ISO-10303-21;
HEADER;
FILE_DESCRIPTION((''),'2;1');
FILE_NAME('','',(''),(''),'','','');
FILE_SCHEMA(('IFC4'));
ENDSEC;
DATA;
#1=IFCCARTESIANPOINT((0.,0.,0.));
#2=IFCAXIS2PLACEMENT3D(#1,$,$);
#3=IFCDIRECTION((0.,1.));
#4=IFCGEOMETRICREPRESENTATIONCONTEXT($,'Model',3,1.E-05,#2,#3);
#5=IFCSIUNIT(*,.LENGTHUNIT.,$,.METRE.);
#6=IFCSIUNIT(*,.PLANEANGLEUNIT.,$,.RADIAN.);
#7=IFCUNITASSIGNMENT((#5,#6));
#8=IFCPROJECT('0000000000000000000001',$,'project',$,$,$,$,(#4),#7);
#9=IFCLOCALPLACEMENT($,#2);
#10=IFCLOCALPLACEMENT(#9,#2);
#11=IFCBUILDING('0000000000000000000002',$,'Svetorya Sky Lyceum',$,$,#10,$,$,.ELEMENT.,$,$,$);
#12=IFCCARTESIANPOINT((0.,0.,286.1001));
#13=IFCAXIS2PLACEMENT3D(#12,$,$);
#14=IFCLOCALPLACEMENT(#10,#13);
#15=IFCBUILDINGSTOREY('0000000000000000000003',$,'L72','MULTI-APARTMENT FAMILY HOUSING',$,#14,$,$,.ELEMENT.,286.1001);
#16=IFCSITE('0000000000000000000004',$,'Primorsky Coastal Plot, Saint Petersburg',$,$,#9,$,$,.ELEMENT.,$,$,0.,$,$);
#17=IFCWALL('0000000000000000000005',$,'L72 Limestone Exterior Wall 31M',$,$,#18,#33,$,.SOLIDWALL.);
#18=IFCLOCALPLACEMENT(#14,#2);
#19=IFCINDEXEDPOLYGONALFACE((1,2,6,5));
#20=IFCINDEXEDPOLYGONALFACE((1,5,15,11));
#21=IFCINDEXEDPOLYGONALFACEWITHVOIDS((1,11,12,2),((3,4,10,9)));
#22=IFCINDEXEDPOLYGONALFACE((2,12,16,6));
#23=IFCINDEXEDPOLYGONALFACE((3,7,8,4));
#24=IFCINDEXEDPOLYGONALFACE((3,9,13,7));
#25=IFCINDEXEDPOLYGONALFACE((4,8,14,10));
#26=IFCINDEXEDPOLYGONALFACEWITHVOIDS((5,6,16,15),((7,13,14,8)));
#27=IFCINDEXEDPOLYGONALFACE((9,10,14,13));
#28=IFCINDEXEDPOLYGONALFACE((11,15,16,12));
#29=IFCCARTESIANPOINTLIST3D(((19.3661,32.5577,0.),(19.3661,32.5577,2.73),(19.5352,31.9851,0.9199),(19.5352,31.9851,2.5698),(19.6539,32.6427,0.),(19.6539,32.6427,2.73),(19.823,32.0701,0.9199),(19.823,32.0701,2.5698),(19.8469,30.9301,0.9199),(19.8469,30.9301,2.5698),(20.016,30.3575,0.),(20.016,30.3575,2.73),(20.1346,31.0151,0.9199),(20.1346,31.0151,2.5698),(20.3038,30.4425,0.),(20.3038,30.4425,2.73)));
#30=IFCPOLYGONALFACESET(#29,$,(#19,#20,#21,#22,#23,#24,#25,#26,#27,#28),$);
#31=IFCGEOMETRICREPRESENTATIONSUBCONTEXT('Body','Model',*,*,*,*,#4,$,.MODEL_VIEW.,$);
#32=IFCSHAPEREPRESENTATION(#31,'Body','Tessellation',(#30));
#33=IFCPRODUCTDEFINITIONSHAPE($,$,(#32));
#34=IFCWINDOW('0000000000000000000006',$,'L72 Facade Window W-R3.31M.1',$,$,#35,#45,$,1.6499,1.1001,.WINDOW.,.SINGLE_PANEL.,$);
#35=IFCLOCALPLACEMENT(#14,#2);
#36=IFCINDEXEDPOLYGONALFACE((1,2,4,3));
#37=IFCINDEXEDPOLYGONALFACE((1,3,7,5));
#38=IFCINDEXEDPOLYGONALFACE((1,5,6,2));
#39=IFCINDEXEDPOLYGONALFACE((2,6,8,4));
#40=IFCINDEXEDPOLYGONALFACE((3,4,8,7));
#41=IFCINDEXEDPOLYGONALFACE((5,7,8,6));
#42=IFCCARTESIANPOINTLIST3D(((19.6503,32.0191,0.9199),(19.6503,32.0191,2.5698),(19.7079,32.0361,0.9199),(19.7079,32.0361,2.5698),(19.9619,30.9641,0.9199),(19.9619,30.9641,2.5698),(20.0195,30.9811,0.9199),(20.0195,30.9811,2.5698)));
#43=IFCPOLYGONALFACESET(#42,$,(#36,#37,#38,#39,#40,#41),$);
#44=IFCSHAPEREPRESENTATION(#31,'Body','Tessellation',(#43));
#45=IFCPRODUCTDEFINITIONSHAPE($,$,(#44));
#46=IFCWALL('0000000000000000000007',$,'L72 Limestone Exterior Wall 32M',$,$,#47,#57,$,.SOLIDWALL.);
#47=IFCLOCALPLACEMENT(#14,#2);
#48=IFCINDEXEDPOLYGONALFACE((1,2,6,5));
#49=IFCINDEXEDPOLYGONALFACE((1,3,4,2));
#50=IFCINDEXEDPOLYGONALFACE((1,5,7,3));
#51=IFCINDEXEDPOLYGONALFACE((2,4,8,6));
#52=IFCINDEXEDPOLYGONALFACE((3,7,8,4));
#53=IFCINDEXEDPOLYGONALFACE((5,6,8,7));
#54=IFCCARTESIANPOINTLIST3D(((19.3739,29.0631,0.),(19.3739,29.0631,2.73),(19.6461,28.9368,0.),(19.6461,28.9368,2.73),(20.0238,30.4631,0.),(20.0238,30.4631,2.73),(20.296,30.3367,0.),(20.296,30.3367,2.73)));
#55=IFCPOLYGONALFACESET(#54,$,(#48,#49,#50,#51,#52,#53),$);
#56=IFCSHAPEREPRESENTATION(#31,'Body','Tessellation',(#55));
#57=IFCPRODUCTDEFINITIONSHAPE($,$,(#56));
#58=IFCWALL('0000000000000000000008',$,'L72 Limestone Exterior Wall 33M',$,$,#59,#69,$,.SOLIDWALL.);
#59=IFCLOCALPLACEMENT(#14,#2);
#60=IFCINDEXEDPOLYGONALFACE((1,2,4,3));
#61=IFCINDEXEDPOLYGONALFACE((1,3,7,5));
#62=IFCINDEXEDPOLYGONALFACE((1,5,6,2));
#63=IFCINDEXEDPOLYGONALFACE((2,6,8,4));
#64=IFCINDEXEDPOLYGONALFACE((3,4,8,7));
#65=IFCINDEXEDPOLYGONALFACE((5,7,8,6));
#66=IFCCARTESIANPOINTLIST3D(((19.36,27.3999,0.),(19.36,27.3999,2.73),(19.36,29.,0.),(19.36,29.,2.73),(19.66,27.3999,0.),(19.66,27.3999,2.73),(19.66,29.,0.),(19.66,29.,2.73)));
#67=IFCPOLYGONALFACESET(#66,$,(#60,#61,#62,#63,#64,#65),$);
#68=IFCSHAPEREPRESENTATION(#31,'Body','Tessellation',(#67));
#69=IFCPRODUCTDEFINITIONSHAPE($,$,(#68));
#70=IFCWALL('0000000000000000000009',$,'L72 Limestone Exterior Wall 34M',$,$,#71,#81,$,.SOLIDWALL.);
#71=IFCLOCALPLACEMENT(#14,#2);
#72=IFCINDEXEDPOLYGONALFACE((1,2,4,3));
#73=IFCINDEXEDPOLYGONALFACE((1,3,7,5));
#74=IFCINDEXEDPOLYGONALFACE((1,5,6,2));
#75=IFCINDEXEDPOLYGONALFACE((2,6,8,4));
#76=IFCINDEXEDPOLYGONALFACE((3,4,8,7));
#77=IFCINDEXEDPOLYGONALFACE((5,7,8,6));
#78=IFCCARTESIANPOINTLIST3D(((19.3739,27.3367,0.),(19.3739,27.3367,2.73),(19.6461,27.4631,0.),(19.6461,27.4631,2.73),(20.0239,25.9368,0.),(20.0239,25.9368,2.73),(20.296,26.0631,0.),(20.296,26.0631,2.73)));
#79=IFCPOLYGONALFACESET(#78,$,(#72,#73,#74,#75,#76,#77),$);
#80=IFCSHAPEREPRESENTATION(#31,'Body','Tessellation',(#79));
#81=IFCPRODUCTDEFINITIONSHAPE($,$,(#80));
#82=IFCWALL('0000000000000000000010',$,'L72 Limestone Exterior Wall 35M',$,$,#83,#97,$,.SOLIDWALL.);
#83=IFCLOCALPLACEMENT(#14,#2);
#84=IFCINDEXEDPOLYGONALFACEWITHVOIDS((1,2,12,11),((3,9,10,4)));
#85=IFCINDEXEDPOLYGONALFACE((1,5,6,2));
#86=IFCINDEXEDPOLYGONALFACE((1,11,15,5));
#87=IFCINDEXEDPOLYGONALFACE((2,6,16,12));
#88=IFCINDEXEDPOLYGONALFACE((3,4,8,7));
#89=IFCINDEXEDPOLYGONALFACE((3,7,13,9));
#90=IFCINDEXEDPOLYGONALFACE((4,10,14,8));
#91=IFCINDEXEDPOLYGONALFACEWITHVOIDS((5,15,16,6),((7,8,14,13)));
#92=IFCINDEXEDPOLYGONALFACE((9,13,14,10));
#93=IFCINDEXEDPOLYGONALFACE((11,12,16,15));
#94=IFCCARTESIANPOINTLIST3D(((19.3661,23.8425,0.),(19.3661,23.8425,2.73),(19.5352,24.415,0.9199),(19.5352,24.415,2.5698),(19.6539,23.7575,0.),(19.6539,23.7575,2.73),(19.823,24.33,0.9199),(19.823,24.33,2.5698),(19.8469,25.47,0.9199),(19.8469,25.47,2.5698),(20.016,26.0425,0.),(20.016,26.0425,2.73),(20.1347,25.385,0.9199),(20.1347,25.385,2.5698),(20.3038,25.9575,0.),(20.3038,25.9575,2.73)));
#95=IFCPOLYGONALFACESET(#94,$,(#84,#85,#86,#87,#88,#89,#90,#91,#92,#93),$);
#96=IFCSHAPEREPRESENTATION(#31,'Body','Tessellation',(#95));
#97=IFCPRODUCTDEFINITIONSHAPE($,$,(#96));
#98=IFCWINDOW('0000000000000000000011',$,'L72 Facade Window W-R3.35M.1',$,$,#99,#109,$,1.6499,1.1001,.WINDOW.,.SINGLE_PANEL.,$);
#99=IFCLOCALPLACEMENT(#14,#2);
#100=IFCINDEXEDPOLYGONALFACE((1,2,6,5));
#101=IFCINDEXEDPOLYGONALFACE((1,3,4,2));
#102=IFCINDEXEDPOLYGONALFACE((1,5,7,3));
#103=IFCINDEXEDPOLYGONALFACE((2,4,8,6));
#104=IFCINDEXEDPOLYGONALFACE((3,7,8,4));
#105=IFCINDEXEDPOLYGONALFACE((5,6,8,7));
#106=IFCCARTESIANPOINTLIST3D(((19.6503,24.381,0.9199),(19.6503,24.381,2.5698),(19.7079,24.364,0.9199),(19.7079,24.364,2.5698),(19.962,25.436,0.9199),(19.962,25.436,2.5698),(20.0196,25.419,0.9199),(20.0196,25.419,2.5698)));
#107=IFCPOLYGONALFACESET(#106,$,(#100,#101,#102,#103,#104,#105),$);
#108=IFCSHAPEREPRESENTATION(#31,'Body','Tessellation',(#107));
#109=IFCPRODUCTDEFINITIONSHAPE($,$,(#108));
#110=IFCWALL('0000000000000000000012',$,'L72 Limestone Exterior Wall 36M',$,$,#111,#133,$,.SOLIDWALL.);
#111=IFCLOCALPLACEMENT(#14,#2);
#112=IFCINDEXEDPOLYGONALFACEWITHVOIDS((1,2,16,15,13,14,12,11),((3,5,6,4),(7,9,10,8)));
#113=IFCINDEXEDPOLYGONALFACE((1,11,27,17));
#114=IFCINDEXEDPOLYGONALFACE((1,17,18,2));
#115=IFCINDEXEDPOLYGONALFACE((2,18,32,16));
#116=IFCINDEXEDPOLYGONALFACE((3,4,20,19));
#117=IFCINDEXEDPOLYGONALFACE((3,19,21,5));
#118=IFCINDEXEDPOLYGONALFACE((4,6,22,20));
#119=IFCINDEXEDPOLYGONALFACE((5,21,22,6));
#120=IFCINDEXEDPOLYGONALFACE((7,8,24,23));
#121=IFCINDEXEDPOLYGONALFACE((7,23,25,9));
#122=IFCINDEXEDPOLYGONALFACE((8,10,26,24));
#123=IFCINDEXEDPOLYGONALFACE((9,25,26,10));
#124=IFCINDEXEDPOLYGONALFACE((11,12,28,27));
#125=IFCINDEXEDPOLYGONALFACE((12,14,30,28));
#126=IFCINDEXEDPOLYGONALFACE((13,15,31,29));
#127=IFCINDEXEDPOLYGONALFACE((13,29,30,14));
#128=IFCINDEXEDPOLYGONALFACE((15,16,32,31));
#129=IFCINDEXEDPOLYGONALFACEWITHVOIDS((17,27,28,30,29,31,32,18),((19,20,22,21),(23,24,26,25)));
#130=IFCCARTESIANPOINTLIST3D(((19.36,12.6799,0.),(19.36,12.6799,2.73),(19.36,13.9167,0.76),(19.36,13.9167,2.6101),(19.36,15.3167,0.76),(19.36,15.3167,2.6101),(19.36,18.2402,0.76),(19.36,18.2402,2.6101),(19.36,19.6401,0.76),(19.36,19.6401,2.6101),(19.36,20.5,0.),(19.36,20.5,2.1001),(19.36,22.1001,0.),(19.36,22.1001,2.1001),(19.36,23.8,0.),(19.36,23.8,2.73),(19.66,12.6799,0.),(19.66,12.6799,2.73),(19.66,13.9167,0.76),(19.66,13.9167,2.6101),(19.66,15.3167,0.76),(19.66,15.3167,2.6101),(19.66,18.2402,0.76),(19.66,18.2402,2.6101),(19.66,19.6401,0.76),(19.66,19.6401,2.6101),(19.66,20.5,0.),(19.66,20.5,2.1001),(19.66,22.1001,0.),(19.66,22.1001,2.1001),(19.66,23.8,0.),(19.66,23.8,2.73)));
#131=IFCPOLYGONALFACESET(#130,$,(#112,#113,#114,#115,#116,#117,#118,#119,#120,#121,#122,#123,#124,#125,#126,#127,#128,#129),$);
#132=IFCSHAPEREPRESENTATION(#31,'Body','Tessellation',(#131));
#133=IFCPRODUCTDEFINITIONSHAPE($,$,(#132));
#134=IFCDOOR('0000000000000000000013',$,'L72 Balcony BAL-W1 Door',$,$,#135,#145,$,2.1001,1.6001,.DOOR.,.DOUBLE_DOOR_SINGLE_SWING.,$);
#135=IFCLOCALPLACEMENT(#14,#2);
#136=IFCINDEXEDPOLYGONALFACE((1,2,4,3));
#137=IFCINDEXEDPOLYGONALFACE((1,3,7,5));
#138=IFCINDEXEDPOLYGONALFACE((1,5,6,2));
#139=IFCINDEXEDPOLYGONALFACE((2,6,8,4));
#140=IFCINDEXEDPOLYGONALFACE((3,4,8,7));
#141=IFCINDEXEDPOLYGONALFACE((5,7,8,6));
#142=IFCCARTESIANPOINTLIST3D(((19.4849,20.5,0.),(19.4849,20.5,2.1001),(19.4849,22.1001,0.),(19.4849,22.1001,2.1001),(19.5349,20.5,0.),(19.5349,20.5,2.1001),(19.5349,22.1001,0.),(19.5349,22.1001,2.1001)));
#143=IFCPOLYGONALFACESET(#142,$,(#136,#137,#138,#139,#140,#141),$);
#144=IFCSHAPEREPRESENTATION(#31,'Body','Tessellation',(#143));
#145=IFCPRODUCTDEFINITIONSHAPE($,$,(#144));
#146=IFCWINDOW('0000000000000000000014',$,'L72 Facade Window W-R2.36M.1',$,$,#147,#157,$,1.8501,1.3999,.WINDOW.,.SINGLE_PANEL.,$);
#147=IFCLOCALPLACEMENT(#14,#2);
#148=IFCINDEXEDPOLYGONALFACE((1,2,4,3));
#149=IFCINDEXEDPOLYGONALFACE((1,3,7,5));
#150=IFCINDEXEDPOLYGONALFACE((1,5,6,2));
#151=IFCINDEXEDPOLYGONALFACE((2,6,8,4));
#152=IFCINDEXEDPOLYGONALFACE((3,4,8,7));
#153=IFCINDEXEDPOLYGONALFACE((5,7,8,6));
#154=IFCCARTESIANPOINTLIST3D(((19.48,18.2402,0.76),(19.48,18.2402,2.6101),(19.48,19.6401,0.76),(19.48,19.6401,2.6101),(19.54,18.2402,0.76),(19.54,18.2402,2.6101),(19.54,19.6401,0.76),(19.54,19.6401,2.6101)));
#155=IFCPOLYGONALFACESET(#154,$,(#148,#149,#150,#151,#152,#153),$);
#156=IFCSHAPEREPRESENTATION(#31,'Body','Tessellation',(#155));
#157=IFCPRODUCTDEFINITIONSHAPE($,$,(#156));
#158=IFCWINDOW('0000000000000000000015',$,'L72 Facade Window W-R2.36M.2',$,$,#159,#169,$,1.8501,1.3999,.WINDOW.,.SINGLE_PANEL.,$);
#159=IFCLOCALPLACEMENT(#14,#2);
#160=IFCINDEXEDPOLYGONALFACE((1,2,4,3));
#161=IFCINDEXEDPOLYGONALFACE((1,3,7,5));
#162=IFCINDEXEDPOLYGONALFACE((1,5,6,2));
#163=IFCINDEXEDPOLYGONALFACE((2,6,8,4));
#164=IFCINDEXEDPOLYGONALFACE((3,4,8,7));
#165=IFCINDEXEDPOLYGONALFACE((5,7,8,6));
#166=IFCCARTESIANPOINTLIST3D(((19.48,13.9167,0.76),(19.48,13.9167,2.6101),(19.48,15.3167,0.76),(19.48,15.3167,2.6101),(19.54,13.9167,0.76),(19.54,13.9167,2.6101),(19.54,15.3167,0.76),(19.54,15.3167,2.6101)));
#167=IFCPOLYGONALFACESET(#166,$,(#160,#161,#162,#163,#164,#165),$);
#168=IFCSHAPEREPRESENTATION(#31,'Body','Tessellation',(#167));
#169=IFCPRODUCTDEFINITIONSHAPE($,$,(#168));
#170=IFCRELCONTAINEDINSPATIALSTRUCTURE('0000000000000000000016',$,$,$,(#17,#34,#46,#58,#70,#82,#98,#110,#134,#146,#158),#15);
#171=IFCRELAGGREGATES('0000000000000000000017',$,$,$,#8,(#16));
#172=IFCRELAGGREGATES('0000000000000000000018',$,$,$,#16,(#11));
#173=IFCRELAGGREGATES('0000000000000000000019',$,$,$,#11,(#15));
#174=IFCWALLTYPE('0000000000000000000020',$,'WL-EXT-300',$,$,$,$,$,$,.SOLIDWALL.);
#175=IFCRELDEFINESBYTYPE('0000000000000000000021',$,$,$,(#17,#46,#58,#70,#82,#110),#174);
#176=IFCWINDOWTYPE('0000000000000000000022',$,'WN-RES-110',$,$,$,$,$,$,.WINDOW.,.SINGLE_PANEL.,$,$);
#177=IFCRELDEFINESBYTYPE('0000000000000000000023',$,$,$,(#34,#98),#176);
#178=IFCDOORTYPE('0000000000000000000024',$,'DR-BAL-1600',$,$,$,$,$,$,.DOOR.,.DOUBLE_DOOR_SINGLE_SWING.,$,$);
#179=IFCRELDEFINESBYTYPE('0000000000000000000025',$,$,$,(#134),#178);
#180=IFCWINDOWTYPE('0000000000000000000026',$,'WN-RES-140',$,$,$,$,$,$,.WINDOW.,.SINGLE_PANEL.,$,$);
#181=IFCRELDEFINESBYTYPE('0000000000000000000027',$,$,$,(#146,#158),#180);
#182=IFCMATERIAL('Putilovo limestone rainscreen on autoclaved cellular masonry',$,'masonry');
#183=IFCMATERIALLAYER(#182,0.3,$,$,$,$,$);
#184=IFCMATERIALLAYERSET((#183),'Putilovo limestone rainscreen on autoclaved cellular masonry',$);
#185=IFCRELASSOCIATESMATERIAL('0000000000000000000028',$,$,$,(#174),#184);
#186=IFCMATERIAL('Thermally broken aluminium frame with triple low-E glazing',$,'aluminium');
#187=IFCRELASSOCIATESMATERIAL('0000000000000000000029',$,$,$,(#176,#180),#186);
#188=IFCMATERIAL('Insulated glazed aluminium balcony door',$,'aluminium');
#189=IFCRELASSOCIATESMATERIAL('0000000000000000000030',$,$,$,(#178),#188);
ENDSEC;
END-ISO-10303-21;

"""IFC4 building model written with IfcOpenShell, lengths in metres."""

from ifc_helpers import new_model, si_unit, direction, frame, frame_2d, origin, place, context, subcontext, project, spatial, rectangle, extrude, material, layer, layer_set, type_object, element, fill, save


model = new_model("IFC4")

# Units and contexts
model_context = context("Model", 3, precision=1e-05, world=origin(), true_north=direction((0.0, 1.0)))
body_context = subcontext(model_context, "Body", "Model", "MODEL_VIEW")
ifc_project = project(units=[si_unit("LENGTHUNIT", "METRE"), si_unit("PLANEANGLEUNIT", "RADIAN")], contexts=[model_context])

# Site, building, storey
site_placement = place(None, origin())
site = spatial("IfcSite", under=ifc_project, at=site_placement, Name="Primorsky Coastal Plot, Saint Petersburg", CompositionType="ELEMENT", RefElevation=0.0)
building_placement = place(site_placement, origin())
building = spatial("IfcBuilding", under=site, at=building_placement, Name="Svetorya Sky Lyceum", CompositionType="ELEMENT")
storey_placement = place(building_placement, frame((0.0, 0.0, 286.1001)))
storey = spatial("IfcBuildingStorey", under=building, at=storey_placement, Name="L72", Description="MULTI-APARTMENT FAMILY HOUSING", CompositionType="ELEMENT", Elevation=286.1001)

# Wall, opening, window
ifc_material_1 = material(Name="Putilovo limestone rainscreen on autoclaved cellular masonry", Category="masonry")
ifc_layer_1 = layer(ifc_material_1, 0.3)
ifc_layer_set_1 = layer_set([ifc_layer_1], Name="Putilovo limestone rainscreen on autoclaved cellular masonry")
wall_type_1 = type_object("IfcWallType", Name="WL-EXT-300", PredefinedType="SOLIDWALL", material=ifc_layer_set_1)
wall_1_placement = place(storey_placement, frame((19.51, 32.6001, 0.0), z_axis=(0.0, 0.0, 1.0), x_axis=(0.283284, -0.959036, 0.0)))
wall_1 = element("IfcWall", 1, at=wall_1_placement, inside=storey, type_object=wall_type_1, Name="L72 Limestone Exterior Wall 31M", PredefinedType="SOLIDWALL", context=body_context, shape_type="SweptSolid", body=[
    extrude(rectangle(XDim=2.2942, YDim=0.3, at=frame_2d((1.147, 0.0))), origin(), (0.0, 0.0, 1.0), 2.73),
])
opening_1_placement = place(wall_1_placement, frame((0.5969, 0.0, 0.9199)))
opening_1 = element("IfcOpeningElement", 2, at=opening_1_placement, cuts=wall_1, PredefinedType="OPENING", context=body_context, shape_type="SweptSolid", body=[
    extrude(rectangle(XDim=1.1001, YDim=1.6499, at=frame_2d((0.55, 0.825))), frame((0.0, 0.1599, 0.0), z_axis=(0.0, -1.0, 0.0), x_axis=(1.0, 0.0, 0.0)), (0.0, 0.0, 1.0), 0.3201),
])
ifc_material_2 = material(Name="Thermally broken aluminium frame with triple low-E glazing", Category="aluminium")
window_type_1 = type_object("IfcWindowType", Name="WN-RES-110", PartitioningType="SINGLE_PANEL", PredefinedType="WINDOW", material=ifc_material_2)
window_1_placement = place(opening_1_placement, origin())
window_1 = element("IfcWindow", 3, at=window_1_placement, inside=storey, type_object=window_type_1, Name="L72 Facade Window W-R3.31M.1", OverallHeight=1.6499, OverallWidth=1.1001, PartitioningType="SINGLE_PANEL", PredefinedType="WINDOW", context=body_context, shape_type="SweptSolid", body=[
    extrude(rectangle(XDim=1.1001, YDim=1.6499, at=frame_2d((0.55, 0.825))), frame((0.0, 0.03, 0.0), z_axis=(0.0, -1.0, 0.0), x_axis=(1.0, 0.0, 0.0)), (0.0, 0.0, 1.0), 0.0601),
])
fill(opening_1, window_1)

# Walls
wall_2_placement = place(storey_placement, frame((20.1599, 30.3999, 0.0), z_axis=(0.0, 0.0, 1.0), x_axis=(-0.421083, -0.907022, 0.0)))
element("IfcWall", 4, at=wall_2_placement, inside=storey, type_object=wall_type_1, Name="L72 Limestone Exterior Wall 32M", PredefinedType="SOLIDWALL", context=body_context, shape_type="SweptSolid", body=[
    extrude(rectangle(XDim=1.5435, YDim=0.3, at=frame_2d((0.7717, 0.0))), origin(), (0.0, 0.0, 1.0), 2.73),
])
wall_3_placement = place(storey_placement, frame((19.51, 29.0, 0.0), z_axis=(0.0, 0.0, 1.0), x_axis=(0.0, -1.0, 0.0)))
element("IfcWall", 5, at=wall_3_placement, inside=storey, type_object=wall_type_1, Name="L72 Limestone Exterior Wall 33M", PredefinedType="SOLIDWALL", context=body_context, shape_type="SweptSolid", body=[
    extrude(rectangle(XDim=1.6001, YDim=0.3, at=frame_2d((0.8, 0.0))), origin(), (0.0, 0.0, 1.0), 2.73),
])
wall_4_placement = place(storey_placement, frame((19.51, 27.3999, 0.0), z_axis=(0.0, 0.0, 1.0), x_axis=(0.421083, -0.907022, 0.0)))
element("IfcWall", 6, at=wall_4_placement, inside=storey, type_object=wall_type_1, Name="L72 Limestone Exterior Wall 34M", PredefinedType="SOLIDWALL", context=body_context, shape_type="SweptSolid", body=[
    extrude(rectangle(XDim=1.5435, YDim=0.3, at=frame_2d((0.7717, 0.0))), origin(), (0.0, 0.0, 1.0), 2.73),
])

# Wall, opening, window
wall_5_placement = place(storey_placement, frame((20.1599, 26.0, 0.0), z_axis=(0.0, 0.0, 1.0), x_axis=(-0.283313, -0.959028, 0.0)))
wall_5 = element("IfcWall", 7, at=wall_5_placement, inside=storey, type_object=wall_type_1, Name="L72 Limestone Exterior Wall 35M", PredefinedType="SOLIDWALL", context=body_context, shape_type="SweptSolid", body=[
    extrude(rectangle(XDim=2.2939, YDim=0.3, at=frame_2d((1.147, 0.0))), origin(), (0.0, 0.0, 1.0), 2.73),
])
opening_2_placement = place(wall_5_placement, frame((0.5969, 0.0, 0.9199)))
opening_2 = element("IfcOpeningElement", 8, at=opening_2_placement, cuts=wall_5, PredefinedType="OPENING", context=body_context, shape_type="SweptSolid", body=[
    extrude(rectangle(XDim=1.1001, YDim=1.6499, at=frame_2d((0.55, 0.825))), frame((0.0, 0.1599, 0.0), z_axis=(0.0, -1.0, 0.0), x_axis=(1.0, 0.0, 0.0)), (0.0, 0.0, 1.0), 0.3201),
])
window_2_placement = place(opening_2_placement, origin())
window_2 = element("IfcWindow", 9, at=window_2_placement, inside=storey, type_object=window_type_1, Name="L72 Facade Window W-R3.35M.1", OverallHeight=1.6499, OverallWidth=1.1001, PartitioningType="SINGLE_PANEL", PredefinedType="WINDOW", context=body_context, shape_type="SweptSolid", body=[
    extrude(rectangle(XDim=1.1001, YDim=1.6499, at=frame_2d((0.55, 0.825))), frame((0.0, 0.03, 0.0), z_axis=(0.0, -1.0, 0.0), x_axis=(1.0, 0.0, 0.0)), (0.0, 0.0, 1.0), 0.0601),
])
fill(opening_2, window_2)

# Wall, openings, door, windows
wall_6_placement = place(storey_placement, frame((19.51, 23.8, 0.0), z_axis=(0.0, 0.0, 1.0), x_axis=(0.0, -1.0, 0.0)))
wall_6 = element("IfcWall", 10, at=wall_6_placement, inside=storey, type_object=wall_type_1, Name="L72 Limestone Exterior Wall 36M", PredefinedType="SOLIDWALL", context=body_context, shape_type="SweptSolid", body=[
    extrude(rectangle(XDim=11.1201, YDim=0.3, at=frame_2d((5.5601, 0.0))), origin(), (0.0, 0.0, 1.0), 2.73),
])
opening_3_placement = place(wall_6_placement, frame((1.7, 0.0, 0.0)))
opening_3 = element("IfcOpeningElement", 11, at=opening_3_placement, cuts=wall_6, PredefinedType="OPENING", context=body_context, shape_type="SweptSolid", body=[
    extrude(rectangle(XDim=1.6001, YDim=2.1001, at=frame_2d((0.8, 1.05))), frame((0.0, 0.1599, 0.0), z_axis=(0.0, -1.0, 0.0), x_axis=(1.0, 0.0, 0.0)), (0.0, 0.0, 1.0), 0.3201),
])
opening_4_placement = place(wall_6_placement, frame((4.1599, 0.0, 0.76)))
opening_4 = element("IfcOpeningElement", 12, at=opening_4_placement, cuts=wall_6, PredefinedType="OPENING", context=body_context, shape_type="SweptSolid", body=[
    extrude(rectangle(XDim=1.3999, YDim=1.8501, at=frame_2d((0.7, 0.925))), frame((0.0, 0.1599, 0.0), z_axis=(0.0, -1.0, 0.0), x_axis=(1.0, 0.0, 0.0)), (0.0, 0.0, 1.0), 0.3201),
])
opening_5_placement = place(wall_6_placement, frame((8.4834, 0.0, 0.76)))
opening_5 = element("IfcOpeningElement", 13, at=opening_5_placement, cuts=wall_6, PredefinedType="OPENING", context=body_context, shape_type="SweptSolid", body=[
    extrude(rectangle(XDim=1.3999, YDim=1.8501, at=frame_2d((0.7, 0.925))), frame((0.0, 0.1599, 0.0), z_axis=(0.0, -1.0, 0.0), x_axis=(1.0, 0.0, 0.0)), (0.0, 0.0, 1.0), 0.3201),
])
ifc_material_3 = material(Name="Insulated glazed aluminium balcony door", Category="aluminium")
door_type_1 = type_object("IfcDoorType", Name="DR-BAL-1600", OperationType="DOUBLE_DOOR_SINGLE_SWING", PredefinedType="DOOR", material=ifc_material_3)
door_1_placement = place(opening_3_placement, origin())
door_1 = element("IfcDoor", 14, at=door_1_placement, inside=storey, type_object=door_type_1, Name="L72 Balcony BAL-W1 Door", OperationType="DOUBLE_DOOR_SINGLE_SWING", OverallHeight=2.1001, OverallWidth=1.6001, PredefinedType="DOOR", context=body_context, shape_type="SweptSolid", body=[
    extrude(rectangle(XDim=1.6001, YDim=2.1001, at=frame_2d((0.8, 1.05))), frame((0.0, 0.0249, 0.0), z_axis=(0.0, -1.0, 0.0), x_axis=(1.0, 0.0, 0.0)), (0.0, 0.0, 1.0), 0.05),
])
fill(opening_3, door_1)
window_type_2 = type_object("IfcWindowType", Name="WN-RES-140", PartitioningType="SINGLE_PANEL", PredefinedType="WINDOW", material=ifc_material_2)
window_3_placement = place(opening_4_placement, origin())
window_3 = element("IfcWindow", 15, at=window_3_placement, inside=storey, type_object=window_type_2, Name="L72 Facade Window W-R2.36M.1", OverallHeight=1.8501, OverallWidth=1.3999, PartitioningType="SINGLE_PANEL", PredefinedType="WINDOW", context=body_context, shape_type="SweptSolid", body=[
    extrude(rectangle(XDim=1.3999, YDim=1.8501, at=frame_2d((0.7, 0.925))), frame((0.0, 0.03, 0.0), z_axis=(0.0, -1.0, 0.0), x_axis=(1.0, 0.0, 0.0)), (0.0, 0.0, 1.0), 0.0601),
])
fill(opening_4, window_3)
window_4_placement = place(opening_5_placement, origin())
window_4 = element("IfcWindow", 16, at=window_4_placement, inside=storey, type_object=window_type_2, Name="L72 Facade Window W-R2.36M.2", OverallHeight=1.8501, OverallWidth=1.3999, PartitioningType="SINGLE_PANEL", PredefinedType="WINDOW", context=body_context, shape_type="SweptSolid", body=[
    extrude(rectangle(XDim=1.3999, YDim=1.8501, at=frame_2d((0.7, 0.925))), frame((0.0, 0.03, 0.0), z_axis=(0.0, -1.0, 0.0), x_axis=(1.0, 0.0, 0.0)), (0.0, 0.0, 1.0), 0.0601),
])
fill(opening_5, window_4)

save(model, "model.ifc")
